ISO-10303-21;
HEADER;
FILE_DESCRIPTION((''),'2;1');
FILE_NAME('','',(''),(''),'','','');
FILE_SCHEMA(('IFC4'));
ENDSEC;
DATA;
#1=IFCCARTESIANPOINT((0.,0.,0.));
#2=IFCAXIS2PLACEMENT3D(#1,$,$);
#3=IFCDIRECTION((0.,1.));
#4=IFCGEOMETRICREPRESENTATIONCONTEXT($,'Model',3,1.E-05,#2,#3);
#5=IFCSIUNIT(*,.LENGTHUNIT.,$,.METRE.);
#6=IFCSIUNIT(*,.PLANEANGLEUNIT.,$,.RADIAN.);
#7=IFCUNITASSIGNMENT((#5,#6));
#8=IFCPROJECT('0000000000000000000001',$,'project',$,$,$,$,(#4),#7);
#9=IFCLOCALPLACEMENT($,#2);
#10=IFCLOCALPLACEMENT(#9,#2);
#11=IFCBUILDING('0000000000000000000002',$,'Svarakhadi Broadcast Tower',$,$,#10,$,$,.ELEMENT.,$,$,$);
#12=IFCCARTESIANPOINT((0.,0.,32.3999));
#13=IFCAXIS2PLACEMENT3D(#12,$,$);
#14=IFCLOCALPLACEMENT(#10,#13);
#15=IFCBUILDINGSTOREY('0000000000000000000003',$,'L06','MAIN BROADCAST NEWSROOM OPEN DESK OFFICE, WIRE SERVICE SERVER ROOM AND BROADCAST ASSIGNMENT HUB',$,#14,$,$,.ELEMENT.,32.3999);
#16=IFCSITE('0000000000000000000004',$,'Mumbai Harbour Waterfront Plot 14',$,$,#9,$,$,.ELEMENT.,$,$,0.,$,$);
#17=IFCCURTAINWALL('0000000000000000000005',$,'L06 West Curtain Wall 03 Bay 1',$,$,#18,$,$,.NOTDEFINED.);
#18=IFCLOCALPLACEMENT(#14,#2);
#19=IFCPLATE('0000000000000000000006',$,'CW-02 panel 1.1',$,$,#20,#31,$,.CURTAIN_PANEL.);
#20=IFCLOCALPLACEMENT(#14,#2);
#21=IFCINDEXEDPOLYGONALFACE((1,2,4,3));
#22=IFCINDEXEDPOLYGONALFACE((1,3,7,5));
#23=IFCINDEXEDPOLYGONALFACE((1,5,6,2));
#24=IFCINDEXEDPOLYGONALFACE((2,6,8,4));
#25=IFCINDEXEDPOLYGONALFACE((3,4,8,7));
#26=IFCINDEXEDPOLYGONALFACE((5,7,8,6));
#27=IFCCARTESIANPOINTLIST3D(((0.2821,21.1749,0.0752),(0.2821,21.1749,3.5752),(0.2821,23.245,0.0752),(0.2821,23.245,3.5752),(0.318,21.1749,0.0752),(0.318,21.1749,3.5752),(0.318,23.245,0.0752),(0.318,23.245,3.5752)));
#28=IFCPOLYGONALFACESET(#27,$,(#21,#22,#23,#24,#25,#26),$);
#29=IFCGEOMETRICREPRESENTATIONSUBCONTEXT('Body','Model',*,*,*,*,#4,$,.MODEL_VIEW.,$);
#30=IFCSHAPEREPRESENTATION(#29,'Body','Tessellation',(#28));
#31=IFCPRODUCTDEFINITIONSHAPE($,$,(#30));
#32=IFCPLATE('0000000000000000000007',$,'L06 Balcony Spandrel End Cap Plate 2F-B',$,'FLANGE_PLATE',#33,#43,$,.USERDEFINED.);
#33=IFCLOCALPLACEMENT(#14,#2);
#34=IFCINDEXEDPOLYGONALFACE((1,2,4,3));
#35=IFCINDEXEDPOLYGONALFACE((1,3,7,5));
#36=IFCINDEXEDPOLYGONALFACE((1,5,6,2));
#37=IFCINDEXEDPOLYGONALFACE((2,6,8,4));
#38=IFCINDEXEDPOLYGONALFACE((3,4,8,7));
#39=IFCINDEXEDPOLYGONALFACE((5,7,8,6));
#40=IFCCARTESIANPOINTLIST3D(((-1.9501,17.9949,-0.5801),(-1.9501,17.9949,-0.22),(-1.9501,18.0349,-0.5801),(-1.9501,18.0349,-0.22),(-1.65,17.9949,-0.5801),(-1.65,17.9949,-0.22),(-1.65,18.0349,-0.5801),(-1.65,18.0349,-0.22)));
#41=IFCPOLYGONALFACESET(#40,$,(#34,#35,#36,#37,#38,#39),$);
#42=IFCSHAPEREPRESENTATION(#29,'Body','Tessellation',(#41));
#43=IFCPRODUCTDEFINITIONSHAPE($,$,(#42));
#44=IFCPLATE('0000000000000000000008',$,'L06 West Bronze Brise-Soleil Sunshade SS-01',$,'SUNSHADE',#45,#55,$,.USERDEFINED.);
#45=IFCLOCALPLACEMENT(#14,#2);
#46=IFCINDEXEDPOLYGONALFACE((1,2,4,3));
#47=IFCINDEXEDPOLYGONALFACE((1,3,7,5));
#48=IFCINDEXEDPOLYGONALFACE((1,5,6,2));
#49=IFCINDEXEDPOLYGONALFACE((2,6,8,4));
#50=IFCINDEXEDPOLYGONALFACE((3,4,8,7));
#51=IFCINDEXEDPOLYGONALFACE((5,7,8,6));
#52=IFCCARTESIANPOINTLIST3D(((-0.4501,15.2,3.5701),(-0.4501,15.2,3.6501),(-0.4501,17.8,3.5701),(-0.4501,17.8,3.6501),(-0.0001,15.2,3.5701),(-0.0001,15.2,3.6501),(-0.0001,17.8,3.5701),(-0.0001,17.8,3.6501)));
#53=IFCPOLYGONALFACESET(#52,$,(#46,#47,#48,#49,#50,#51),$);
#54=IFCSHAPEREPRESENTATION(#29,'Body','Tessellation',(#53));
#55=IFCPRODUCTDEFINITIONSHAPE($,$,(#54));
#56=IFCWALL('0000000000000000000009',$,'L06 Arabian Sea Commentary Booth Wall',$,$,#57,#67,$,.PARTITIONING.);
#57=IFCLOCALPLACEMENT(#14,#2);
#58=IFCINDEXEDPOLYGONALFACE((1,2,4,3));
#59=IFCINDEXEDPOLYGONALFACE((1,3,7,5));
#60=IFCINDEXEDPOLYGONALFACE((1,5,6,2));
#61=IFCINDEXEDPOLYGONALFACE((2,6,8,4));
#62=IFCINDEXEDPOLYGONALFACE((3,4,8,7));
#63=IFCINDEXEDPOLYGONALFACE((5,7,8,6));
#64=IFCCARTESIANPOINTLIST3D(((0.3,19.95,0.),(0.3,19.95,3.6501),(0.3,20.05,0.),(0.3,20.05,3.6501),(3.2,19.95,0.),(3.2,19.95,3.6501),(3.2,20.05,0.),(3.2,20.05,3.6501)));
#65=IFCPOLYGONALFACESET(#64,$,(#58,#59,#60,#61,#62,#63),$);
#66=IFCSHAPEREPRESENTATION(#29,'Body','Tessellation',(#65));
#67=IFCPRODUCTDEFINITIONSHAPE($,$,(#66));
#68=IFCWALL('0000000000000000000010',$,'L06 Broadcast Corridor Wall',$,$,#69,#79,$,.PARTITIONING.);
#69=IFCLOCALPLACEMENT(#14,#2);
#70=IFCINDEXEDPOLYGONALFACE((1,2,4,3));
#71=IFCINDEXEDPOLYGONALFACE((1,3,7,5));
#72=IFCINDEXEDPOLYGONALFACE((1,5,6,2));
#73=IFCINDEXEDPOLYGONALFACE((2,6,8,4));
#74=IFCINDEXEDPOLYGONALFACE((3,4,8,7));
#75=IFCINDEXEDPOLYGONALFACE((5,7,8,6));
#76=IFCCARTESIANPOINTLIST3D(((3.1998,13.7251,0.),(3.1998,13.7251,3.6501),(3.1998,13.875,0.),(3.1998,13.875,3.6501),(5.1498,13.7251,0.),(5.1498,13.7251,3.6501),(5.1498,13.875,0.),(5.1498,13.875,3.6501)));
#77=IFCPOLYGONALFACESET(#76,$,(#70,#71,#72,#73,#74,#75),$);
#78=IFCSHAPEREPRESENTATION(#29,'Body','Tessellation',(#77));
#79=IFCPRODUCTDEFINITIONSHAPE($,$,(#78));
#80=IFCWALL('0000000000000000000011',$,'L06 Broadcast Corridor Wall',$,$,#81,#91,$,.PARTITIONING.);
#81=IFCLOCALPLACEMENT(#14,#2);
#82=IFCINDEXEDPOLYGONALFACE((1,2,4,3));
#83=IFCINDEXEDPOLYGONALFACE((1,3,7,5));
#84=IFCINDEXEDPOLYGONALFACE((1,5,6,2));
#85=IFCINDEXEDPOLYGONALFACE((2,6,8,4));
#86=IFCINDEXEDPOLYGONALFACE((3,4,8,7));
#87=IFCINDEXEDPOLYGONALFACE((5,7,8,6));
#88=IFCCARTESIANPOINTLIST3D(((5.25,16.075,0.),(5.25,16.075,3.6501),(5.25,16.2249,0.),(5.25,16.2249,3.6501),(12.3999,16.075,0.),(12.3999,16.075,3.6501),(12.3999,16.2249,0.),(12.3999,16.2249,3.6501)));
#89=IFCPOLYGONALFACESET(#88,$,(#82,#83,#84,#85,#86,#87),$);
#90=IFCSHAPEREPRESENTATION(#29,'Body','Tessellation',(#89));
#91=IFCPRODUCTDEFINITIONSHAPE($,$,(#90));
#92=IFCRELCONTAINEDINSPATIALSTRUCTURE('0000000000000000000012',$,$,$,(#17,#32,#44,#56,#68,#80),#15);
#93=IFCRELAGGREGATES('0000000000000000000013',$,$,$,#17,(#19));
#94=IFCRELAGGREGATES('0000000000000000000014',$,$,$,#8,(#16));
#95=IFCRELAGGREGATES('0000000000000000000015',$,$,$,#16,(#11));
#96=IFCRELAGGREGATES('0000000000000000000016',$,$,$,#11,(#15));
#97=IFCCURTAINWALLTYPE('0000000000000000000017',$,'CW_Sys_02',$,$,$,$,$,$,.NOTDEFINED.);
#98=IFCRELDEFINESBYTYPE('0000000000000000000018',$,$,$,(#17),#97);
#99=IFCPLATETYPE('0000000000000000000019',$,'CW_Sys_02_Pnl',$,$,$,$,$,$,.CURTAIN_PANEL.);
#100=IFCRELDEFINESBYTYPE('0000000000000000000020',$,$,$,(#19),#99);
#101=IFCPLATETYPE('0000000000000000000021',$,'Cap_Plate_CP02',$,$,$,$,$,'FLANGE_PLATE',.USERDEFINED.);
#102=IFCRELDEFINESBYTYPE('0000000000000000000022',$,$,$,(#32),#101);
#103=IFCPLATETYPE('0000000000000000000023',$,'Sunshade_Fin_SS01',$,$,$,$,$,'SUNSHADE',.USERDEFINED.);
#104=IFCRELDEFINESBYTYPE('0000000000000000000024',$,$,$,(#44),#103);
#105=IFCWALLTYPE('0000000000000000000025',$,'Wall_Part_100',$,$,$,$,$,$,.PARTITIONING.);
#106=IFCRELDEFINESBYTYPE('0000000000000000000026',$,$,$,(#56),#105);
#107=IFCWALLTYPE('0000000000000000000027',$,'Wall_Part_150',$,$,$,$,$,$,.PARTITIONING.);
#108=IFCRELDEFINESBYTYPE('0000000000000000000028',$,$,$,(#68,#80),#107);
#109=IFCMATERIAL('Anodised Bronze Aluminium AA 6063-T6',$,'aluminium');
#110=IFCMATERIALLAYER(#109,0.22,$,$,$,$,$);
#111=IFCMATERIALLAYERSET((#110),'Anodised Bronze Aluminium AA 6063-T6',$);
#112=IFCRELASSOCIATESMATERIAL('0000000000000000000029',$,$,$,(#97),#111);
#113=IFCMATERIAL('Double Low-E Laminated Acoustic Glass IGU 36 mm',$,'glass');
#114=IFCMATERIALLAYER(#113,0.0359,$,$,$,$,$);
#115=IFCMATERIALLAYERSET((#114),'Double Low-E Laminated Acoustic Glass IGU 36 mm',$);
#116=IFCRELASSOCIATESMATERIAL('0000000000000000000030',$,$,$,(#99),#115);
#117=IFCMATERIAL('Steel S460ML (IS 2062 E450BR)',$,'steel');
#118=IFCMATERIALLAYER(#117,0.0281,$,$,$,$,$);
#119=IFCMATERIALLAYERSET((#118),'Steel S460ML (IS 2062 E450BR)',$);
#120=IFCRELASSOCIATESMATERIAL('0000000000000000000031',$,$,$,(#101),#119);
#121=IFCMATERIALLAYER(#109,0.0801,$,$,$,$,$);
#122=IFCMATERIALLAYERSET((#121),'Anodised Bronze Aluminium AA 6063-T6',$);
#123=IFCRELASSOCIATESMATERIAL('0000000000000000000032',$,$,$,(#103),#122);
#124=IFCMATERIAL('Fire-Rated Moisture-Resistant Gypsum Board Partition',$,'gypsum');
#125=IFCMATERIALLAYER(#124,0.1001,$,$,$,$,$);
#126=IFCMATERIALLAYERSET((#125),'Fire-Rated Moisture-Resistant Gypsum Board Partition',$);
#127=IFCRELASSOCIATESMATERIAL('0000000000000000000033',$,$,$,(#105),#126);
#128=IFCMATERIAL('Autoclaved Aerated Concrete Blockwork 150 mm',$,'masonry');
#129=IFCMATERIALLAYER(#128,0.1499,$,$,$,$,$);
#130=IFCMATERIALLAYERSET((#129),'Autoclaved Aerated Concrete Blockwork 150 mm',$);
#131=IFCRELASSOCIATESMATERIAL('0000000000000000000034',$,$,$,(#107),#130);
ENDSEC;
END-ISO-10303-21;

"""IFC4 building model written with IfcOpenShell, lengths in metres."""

from ifc_helpers import new_model, si_unit, direction, frame, frame_2d, origin, origin_2d, place, context, subcontext, project, spatial, rectangle, extrude, material, layer, layer_set, type_object, element, aggregate, save


model = new_model("IFC4")

# Units and contexts
model_context = context("Model", 3, precision=1e-05, world=origin(), true_north=direction((0.0, 1.0)))
body_context = subcontext(model_context, "Body", "Model", "MODEL_VIEW")
ifc_project = project(units=[si_unit("LENGTHUNIT", "METRE"), si_unit("PLANEANGLEUNIT", "RADIAN")], contexts=[model_context])

# Site, building, storey
site_placement = place(None, origin())
site = spatial("IfcSite", under=ifc_project, at=site_placement, Name="Mumbai Harbour Waterfront Plot 14", CompositionType="ELEMENT", RefElevation=0.0)
building_placement = place(site_placement, origin())
building = spatial("IfcBuilding", under=site, at=building_placement, Name="Svarakhadi Broadcast Tower", CompositionType="ELEMENT")
storey_placement = place(building_placement, frame((0.0, 0.0, 32.3999)))
storey = spatial("IfcBuildingStorey", under=building, at=storey_placement, Name="L06", Description="MAIN BROADCAST NEWSROOM OPEN DESK OFFICE, WIRE SERVICE SERVER ROOM AND BROADCAST ASSIGNMENT HUB", CompositionType="ELEMENT", Elevation=32.3999)

# Shared definitions
ifc_material_1 = material(Name="Steel S460ML (IS 2062 E450BR)", Category="steel")

# Curtain wall
ifc_material_2 = material(Name="Anodised Bronze Aluminium AA 6063-T6", Category="aluminium")
ifc_layer_1 = layer(ifc_material_2, 0.22)
ifc_layer_set_1 = layer_set([ifc_layer_1], Name="Anodised Bronze Aluminium AA 6063-T6")
curtain_wall_type = type_object("IfcCurtainWallType", Name="CW_Sys_02", PredefinedType="NOTDEFINED", material=ifc_layer_set_1)
curtain_wall_placement = place(storey_placement, origin())
curtain_wall = element("IfcCurtainWall", 1, at=curtain_wall_placement, inside=storey, type_object=curtain_wall_type, Name="L06 West Curtain Wall 03 Bay 1", PredefinedType="NOTDEFINED")

# Plate
ifc_material_3 = material(Name="Double Low-E Laminated Acoustic Glass IGU 36 mm", Category="glass")
ifc_layer_2 = layer(ifc_material_3, 0.0359)
ifc_layer_set_2 = layer_set([ifc_layer_2], Name="Double Low-E Laminated Acoustic Glass IGU 36 mm")
plate_type_1 = type_object("IfcPlateType", Name="CW_Sys_02_Pnl", PredefinedType="CURTAIN_PANEL", material=ifc_layer_set_2)
plate_1_placement = place(storey_placement, frame((0.3, 22.21, 0.0752), z_axis=(0.0, 0.0, 1.0), x_axis=(0.0, 1.0, 0.0)))
plate_1 = element("IfcPlate", 2, at=plate_1_placement, type_object=plate_type_1, Name="CW-02 panel 1.1", PredefinedType="CURTAIN_PANEL", context=body_context, shape_type="SweptSolid", body=[
    extrude(rectangle(XDim=2.0701, YDim=0.0359, at=origin_2d()), origin(), (0.0, 0.0, 1.0), 3.5),
])
aggregate(curtain_wall, [plate_1])

# Plates
ifc_layer_3 = layer(ifc_material_1, 0.0281)
ifc_layer_set_3 = layer_set([ifc_layer_3], Name="Steel S460ML (IS 2062 E450BR)")
plate_type_2 = type_object("IfcPlateType", Name="Cap_Plate_CP02", ElementType="FLANGE_PLATE", PredefinedType="USERDEFINED", material=ifc_layer_set_3)
plate_2_placement = place(storey_placement, frame((-1.8, 18.0149, -0.5801), z_axis=(0.0, 0.0, 1.0), x_axis=(1.0, 0.0, 0.0)))
element("IfcPlate", 3, at=plate_2_placement, inside=storey, type_object=plate_type_2, Name="L06 Balcony Spandrel End Cap Plate 2F-B", ObjectType="FLANGE_PLATE", PredefinedType="USERDEFINED", context=body_context, shape_type="SweptSolid", body=[
    extrude(rectangle(XDim=0.3, YDim=0.04, at=origin_2d()), origin(), (0.0, 0.0, 1.0), 0.3601),
])
ifc_layer_4 = layer(ifc_material_2, 0.0801)
ifc_layer_set_4 = layer_set([ifc_layer_4], Name="Anodised Bronze Aluminium AA 6063-T6")
plate_type_3 = type_object("IfcPlateType", Name="Sunshade_Fin_SS01", ElementType="SUNSHADE", PredefinedType="USERDEFINED", material=ifc_layer_set_4)
plate_3_placement = place(storey_placement, frame((-0.2251, 16.5, 3.5701), z_axis=(0.0, 0.0, 1.0), x_axis=(0.0, 1.0, 0.0)))
element("IfcPlate", 4, at=plate_3_placement, inside=storey, type_object=plate_type_3, Name="L06 West Bronze Brise-Soleil Sunshade SS-01", ObjectType="SUNSHADE", PredefinedType="USERDEFINED", context=body_context, shape_type="SweptSolid", body=[
    extrude(rectangle(XDim=2.6001, YDim=0.45, at=origin_2d()), origin(), (0.0, 0.0, 1.0), 0.0801),
])

# Walls
ifc_material_4 = material(Name="Fire-Rated Moisture-Resistant Gypsum Board Partition", Category="gypsum")
ifc_layer_5 = layer(ifc_material_4, 0.1001)
ifc_layer_set_5 = layer_set([ifc_layer_5], Name="Fire-Rated Moisture-Resistant Gypsum Board Partition")
wall_type_1 = type_object("IfcWallType", Name="Wall_Part_100", PredefinedType="PARTITIONING", material=ifc_layer_set_5)
wall_1_placement = place(storey_placement, frame((0.3, 20.0, 0.0), z_axis=(0.0, 0.0, 1.0), x_axis=(1.0, 0.0, 0.0)))
element("IfcWall", 5, at=wall_1_placement, inside=storey, type_object=wall_type_1, Name="L06 Arabian Sea Commentary Booth Wall", PredefinedType="PARTITIONING", context=body_context, shape_type="SweptSolid", body=[
    extrude(rectangle(XDim=2.8999, YDim=0.1001, at=frame_2d((1.45, 0.0))), origin(), (0.0, 0.0, 1.0), 3.6501),
])
ifc_material_5 = material(Name="Autoclaved Aerated Concrete Blockwork 150 mm", Category="masonry")
ifc_layer_6 = layer(ifc_material_5, 0.1499)
ifc_layer_set_6 = layer_set([ifc_layer_6], Name="Autoclaved Aerated Concrete Blockwork 150 mm")
wall_type_2 = type_object("IfcWallType", Name="Wall_Part_150", PredefinedType="PARTITIONING", material=ifc_layer_set_6)
wall_2_placement = place(storey_placement, frame((5.1499, 13.8, 0.0), z_axis=(0.0, 0.0, 1.0), x_axis=(-1.0, 0.0, 0.0)))
element("IfcWall", 6, at=wall_2_placement, inside=storey, type_object=wall_type_2, Name="L06 Broadcast Corridor Wall", PredefinedType="PARTITIONING", context=body_context, shape_type="SweptSolid", body=[
    extrude(rectangle(XDim=1.95, YDim=0.1499, at=frame_2d((0.9751, 0.0))), origin(), (0.0, 0.0, 1.0), 3.6501),
])
wall_3_placement = place(storey_placement, frame((5.25, 16.1499, 0.0), z_axis=(0.0, 0.0, 1.0), x_axis=(1.0, 0.0, 0.0)))
element("IfcWall", 7, at=wall_3_placement, inside=storey, type_object=wall_type_2, Name="L06 Broadcast Corridor Wall", PredefinedType="PARTITIONING", context=body_context, shape_type="SweptSolid", body=[
    extrude(rectangle(XDim=7.1499, YDim=0.1499, at=frame_2d((3.575, 0.0))), origin(), (0.0, 0.0, 1.0), 3.6501),
])

save(model, "model.ifc")
